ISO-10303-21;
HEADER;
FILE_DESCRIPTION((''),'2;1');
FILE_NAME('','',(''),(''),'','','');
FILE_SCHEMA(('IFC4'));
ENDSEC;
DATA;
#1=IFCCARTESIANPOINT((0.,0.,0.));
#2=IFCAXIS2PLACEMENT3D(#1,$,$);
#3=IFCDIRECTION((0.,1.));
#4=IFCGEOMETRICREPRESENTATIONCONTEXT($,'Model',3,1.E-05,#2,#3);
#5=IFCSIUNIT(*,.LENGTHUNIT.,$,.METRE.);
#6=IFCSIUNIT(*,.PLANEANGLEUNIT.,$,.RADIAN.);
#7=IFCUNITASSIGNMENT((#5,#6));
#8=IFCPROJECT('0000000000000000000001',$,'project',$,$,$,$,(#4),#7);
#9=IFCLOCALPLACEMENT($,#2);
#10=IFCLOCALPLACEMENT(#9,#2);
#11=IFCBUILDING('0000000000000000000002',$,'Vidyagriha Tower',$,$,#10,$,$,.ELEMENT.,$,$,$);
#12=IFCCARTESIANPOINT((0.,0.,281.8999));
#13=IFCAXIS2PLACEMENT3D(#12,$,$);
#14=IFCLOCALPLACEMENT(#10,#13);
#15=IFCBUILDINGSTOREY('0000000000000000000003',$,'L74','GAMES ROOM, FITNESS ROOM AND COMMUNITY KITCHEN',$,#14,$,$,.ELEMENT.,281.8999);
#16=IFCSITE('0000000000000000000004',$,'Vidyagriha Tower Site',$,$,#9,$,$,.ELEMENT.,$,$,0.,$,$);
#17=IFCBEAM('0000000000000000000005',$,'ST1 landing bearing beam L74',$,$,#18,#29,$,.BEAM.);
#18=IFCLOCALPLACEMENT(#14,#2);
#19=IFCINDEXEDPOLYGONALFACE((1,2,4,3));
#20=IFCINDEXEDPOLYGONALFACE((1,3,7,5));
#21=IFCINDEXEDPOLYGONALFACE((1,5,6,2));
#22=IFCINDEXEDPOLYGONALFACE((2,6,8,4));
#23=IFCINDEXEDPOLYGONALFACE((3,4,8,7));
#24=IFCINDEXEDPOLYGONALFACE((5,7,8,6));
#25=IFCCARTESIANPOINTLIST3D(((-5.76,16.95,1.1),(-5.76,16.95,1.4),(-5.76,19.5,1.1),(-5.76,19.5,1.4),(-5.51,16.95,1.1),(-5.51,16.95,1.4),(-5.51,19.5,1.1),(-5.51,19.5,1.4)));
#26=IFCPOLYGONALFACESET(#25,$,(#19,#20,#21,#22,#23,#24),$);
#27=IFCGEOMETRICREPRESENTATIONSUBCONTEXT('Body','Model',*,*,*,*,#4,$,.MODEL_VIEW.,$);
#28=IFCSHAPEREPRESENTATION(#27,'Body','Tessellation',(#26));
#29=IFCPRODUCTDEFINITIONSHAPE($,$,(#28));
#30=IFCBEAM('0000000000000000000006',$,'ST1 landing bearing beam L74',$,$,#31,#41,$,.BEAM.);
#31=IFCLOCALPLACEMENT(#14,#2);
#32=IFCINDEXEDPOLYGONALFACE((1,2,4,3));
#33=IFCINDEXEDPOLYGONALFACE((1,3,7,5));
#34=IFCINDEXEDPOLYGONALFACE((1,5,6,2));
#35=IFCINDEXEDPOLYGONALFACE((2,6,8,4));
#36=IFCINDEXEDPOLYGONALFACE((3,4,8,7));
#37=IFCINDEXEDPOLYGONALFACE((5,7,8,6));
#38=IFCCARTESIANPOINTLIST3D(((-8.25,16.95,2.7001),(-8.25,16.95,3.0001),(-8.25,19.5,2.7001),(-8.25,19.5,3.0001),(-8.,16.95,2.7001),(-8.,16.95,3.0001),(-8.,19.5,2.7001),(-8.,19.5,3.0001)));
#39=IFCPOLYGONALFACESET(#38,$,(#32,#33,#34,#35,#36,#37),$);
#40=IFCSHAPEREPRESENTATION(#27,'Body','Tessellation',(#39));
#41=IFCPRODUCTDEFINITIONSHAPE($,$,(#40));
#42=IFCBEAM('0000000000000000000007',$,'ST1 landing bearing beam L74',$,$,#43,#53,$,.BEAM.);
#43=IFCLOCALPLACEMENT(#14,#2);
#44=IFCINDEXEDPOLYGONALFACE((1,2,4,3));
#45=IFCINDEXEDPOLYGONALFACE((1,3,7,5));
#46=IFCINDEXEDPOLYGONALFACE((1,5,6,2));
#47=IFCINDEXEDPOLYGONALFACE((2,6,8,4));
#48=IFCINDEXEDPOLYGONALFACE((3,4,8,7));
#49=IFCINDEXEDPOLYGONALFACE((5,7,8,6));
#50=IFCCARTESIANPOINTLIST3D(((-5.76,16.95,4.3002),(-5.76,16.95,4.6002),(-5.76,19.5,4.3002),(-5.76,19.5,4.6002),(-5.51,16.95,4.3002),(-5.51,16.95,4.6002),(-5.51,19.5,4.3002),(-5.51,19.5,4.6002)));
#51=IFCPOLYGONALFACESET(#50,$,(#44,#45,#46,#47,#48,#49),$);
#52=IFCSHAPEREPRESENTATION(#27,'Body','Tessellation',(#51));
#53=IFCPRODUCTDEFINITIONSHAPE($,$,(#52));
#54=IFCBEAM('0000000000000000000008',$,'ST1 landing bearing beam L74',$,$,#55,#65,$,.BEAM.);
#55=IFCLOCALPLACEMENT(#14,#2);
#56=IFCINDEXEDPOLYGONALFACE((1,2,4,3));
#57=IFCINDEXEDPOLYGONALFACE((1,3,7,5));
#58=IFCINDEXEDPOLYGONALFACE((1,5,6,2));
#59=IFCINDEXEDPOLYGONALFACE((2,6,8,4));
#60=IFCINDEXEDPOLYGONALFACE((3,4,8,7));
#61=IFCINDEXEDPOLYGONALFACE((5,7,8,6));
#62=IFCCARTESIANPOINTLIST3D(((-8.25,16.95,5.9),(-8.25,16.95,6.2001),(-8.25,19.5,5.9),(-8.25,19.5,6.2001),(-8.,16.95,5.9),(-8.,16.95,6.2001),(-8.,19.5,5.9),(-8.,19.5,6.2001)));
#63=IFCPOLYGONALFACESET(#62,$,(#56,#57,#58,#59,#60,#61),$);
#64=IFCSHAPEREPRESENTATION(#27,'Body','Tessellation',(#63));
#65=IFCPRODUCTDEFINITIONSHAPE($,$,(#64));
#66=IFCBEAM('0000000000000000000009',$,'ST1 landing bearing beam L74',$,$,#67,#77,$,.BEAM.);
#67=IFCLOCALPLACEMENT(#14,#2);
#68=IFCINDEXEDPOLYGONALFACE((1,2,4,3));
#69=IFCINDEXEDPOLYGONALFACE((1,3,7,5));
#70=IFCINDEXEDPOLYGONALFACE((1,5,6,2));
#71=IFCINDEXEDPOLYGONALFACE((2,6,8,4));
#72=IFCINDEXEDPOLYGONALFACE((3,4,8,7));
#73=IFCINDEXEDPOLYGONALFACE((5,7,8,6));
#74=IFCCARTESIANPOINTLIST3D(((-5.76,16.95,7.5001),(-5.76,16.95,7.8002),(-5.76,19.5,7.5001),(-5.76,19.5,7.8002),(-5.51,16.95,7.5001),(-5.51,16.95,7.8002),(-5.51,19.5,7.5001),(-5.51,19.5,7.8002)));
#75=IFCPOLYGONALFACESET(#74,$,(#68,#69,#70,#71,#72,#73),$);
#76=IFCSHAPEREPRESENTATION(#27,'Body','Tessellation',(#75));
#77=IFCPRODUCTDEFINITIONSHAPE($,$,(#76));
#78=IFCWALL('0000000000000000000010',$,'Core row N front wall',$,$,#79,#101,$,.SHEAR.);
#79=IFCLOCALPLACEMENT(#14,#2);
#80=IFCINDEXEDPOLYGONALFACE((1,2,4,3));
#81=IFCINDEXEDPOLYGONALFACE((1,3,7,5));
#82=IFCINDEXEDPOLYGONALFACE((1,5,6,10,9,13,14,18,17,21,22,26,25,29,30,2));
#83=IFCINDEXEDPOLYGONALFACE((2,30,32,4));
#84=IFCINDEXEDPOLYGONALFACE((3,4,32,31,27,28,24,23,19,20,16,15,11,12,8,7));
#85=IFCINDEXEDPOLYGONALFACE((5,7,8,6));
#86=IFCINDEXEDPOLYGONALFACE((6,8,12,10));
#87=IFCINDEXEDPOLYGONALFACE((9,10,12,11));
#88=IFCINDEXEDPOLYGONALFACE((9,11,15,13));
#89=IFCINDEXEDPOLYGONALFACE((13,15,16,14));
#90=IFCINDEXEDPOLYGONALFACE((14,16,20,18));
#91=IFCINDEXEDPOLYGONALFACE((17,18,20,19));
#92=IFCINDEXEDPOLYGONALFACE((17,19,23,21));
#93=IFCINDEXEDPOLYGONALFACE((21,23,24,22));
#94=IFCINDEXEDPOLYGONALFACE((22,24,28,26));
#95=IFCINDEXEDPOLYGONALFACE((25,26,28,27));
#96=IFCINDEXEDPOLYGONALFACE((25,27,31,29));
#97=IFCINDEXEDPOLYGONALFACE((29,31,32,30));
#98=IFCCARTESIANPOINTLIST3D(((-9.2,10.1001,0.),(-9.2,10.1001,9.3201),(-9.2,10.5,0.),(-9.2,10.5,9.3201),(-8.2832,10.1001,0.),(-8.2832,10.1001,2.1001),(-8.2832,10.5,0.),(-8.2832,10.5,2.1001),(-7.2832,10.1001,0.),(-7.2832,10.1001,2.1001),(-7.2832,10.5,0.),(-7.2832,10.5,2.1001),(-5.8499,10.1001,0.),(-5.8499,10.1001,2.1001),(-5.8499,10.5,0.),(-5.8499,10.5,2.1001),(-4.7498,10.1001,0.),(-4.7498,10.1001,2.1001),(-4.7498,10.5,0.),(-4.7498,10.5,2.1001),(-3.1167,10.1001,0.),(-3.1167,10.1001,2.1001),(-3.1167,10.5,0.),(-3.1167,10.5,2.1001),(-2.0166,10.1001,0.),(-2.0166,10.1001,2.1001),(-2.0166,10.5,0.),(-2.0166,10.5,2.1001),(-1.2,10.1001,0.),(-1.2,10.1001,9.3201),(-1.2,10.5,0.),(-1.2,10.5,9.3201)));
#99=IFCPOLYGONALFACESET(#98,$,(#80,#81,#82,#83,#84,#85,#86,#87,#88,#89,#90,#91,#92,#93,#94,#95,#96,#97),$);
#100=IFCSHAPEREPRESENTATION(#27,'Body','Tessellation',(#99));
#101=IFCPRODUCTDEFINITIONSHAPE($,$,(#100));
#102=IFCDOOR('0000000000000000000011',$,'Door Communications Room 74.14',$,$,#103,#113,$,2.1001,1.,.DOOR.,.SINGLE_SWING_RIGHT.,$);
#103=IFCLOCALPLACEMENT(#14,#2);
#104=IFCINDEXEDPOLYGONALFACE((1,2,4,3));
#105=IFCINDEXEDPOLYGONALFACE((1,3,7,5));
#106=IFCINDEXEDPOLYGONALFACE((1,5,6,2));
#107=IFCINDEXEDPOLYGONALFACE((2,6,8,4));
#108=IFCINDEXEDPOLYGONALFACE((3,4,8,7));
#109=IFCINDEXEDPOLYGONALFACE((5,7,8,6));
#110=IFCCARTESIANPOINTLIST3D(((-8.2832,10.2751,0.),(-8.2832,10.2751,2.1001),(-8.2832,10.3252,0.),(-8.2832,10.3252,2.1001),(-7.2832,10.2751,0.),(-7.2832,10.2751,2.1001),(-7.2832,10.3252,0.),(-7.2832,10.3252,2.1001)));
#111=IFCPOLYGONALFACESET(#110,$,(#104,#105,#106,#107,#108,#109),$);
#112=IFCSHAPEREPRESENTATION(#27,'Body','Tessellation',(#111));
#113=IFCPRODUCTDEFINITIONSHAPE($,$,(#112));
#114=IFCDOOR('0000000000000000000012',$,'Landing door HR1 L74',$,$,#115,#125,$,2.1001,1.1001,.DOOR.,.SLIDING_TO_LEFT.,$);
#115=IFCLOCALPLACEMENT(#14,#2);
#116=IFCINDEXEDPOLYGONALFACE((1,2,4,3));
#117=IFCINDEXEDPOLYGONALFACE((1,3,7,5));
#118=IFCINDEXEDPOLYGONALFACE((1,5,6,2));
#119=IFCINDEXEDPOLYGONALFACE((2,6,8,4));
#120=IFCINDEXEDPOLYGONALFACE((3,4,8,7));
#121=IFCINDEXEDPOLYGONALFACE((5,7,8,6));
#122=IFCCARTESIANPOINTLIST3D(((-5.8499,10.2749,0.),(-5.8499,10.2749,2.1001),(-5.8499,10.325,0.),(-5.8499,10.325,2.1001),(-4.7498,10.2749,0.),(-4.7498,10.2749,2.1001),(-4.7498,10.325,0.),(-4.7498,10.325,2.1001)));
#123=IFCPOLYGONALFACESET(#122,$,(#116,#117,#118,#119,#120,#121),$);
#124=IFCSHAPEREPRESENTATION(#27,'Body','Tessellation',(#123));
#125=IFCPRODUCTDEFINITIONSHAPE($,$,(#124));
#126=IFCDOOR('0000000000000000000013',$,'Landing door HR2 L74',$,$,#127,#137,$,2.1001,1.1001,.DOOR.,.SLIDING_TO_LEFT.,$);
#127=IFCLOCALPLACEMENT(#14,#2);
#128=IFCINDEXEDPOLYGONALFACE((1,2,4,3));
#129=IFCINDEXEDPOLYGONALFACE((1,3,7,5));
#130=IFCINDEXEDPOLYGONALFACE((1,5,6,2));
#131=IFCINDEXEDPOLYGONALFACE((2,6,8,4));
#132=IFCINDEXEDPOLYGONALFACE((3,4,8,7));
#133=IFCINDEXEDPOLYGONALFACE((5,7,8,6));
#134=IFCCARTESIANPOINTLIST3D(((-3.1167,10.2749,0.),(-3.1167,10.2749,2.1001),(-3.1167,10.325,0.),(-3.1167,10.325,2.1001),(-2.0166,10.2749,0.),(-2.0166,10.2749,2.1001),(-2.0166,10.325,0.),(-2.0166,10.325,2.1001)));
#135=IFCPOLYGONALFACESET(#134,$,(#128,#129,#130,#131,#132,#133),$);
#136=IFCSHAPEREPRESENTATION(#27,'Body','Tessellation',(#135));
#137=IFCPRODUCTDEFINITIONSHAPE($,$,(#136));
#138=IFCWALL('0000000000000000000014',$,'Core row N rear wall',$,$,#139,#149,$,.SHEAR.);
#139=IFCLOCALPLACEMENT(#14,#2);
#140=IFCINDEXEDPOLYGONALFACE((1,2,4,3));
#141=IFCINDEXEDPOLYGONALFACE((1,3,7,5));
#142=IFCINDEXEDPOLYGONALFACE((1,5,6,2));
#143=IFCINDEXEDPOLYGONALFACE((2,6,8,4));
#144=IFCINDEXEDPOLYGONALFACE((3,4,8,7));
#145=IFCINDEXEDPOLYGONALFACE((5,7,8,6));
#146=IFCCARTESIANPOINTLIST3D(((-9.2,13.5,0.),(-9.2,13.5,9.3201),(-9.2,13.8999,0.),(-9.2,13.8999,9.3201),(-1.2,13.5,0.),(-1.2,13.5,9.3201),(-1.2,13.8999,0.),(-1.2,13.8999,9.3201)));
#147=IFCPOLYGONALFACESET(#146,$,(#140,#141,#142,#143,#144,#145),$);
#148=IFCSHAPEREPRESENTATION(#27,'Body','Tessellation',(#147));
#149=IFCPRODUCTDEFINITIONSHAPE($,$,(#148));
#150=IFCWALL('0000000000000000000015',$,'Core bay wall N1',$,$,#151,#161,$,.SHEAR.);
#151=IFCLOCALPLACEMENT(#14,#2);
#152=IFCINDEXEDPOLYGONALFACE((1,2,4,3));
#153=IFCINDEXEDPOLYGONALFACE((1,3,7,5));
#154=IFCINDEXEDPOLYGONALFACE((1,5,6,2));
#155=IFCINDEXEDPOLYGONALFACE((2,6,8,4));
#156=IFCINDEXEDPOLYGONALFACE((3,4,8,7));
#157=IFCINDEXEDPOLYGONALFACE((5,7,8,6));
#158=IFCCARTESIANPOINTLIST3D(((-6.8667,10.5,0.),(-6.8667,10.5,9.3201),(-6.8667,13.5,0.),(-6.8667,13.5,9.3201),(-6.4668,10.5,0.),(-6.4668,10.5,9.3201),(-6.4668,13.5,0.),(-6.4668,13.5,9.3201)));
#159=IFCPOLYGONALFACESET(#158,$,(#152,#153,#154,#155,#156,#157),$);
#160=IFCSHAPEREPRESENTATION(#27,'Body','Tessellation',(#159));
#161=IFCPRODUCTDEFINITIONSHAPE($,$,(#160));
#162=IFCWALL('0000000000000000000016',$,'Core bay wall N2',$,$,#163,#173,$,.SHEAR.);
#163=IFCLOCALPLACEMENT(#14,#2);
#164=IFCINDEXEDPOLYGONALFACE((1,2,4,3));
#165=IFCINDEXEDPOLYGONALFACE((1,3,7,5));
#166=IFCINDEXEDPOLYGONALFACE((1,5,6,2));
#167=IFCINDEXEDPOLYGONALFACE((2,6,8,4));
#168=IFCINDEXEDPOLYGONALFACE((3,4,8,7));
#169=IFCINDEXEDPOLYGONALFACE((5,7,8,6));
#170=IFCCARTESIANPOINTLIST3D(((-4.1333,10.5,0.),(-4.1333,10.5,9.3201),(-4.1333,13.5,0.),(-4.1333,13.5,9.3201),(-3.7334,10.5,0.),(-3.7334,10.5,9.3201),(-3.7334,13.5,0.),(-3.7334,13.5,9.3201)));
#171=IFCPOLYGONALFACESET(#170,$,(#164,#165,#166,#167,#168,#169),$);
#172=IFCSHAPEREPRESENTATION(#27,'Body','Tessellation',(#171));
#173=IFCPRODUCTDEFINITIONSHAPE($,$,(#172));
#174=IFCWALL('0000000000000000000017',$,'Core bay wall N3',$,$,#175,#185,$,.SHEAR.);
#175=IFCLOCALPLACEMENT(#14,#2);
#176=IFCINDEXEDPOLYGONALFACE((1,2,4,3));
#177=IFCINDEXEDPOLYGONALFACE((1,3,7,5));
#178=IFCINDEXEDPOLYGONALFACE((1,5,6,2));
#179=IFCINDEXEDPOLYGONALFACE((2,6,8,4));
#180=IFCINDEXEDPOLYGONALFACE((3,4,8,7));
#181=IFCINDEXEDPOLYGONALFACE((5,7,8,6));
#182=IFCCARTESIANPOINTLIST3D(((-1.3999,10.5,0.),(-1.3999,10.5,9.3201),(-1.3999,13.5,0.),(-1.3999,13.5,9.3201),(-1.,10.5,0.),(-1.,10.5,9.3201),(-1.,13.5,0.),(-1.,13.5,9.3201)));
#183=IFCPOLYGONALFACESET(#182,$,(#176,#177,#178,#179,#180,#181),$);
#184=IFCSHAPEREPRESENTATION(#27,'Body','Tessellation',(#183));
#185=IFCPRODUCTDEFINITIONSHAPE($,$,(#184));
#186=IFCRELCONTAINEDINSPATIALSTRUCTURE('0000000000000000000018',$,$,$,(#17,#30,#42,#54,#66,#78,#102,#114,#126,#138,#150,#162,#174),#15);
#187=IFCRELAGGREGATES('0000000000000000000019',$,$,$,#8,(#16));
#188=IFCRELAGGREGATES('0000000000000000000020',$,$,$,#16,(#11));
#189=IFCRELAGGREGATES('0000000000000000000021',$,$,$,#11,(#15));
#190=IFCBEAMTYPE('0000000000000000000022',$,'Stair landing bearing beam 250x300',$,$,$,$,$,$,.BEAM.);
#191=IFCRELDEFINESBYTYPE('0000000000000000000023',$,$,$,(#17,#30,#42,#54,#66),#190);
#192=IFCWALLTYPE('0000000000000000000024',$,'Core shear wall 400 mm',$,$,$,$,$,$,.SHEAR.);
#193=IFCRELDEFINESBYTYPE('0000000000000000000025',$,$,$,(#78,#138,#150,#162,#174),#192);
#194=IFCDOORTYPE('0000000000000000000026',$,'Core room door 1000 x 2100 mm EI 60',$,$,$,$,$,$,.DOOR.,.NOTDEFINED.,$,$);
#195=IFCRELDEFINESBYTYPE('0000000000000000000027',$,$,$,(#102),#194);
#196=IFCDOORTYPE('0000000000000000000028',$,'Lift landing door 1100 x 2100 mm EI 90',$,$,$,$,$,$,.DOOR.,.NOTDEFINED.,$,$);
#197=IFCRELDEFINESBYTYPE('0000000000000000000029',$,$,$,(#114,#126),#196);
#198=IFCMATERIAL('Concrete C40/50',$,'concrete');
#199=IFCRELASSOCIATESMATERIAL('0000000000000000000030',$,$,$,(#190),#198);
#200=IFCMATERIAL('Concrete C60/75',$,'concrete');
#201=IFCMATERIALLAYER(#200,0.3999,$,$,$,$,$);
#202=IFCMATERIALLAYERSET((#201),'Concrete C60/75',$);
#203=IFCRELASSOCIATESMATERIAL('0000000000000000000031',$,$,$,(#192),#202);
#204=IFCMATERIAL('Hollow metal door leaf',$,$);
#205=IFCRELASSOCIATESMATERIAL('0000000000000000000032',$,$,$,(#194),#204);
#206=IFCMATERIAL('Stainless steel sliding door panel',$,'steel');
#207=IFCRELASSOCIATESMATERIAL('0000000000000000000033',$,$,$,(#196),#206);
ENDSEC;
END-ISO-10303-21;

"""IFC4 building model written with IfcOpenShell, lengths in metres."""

from ifc_helpers import new_model, si_unit, direction, frame, frame_2d, origin, origin_2d, place, context, subcontext, project, spatial, rectangle, extrude, material, layer, layer_set, material_profile, profile_set, type_object, element, fill, save


model = new_model("IFC4")

# Units and contexts
model_context = context("Model", 3, precision=1e-05, world=origin(), true_north=direction((0.0, 1.0)))
body_context = subcontext(model_context, "Body", "Model", "MODEL_VIEW")
ifc_project = project(units=[si_unit("LENGTHUNIT", "METRE"), si_unit("PLANEANGLEUNIT", "RADIAN")], contexts=[model_context])

# Site, building, storey
site_placement = place(None, origin())
site = spatial("IfcSite", under=ifc_project, at=site_placement, Name="Vidyagriha Tower Site", CompositionType="ELEMENT", RefElevation=0.0)
building_placement = place(site_placement, origin())
building = spatial("IfcBuilding", under=site, at=building_placement, Name="Vidyagriha Tower", CompositionType="ELEMENT")
storey_placement = place(building_placement, frame((0.0, 0.0, 281.8999)))
storey = spatial("IfcBuildingStorey", under=building, at=storey_placement, Name="L74", Description="GAMES ROOM, FITNESS ROOM AND COMMUNITY KITCHEN", CompositionType="ELEMENT", Elevation=281.8999)

# Beams
ifc_material_1 = material(Name="Concrete C40/50", Category="concrete")
ifc_material_profile = material_profile(ifc_material_1, rectangle(XDim=0.25, YDim=0.3, at=origin_2d()), Name="Stair landing bearing beam 250x300")
ifc_profile_set = profile_set([ifc_material_profile], Name="Concrete C40/50")
beam_type = type_object("IfcBeamType", Name="Stair landing bearing beam 250x300", PredefinedType="BEAM", material=ifc_profile_set)
for number, where, z_axis, x_axis, name in (
    (1, (-5.635, 16.95, 1.25), (0.0, 1.0, 0.0), (-1.0, 0.0, 0.0), "ST1 landing bearing beam L74"),
    (2, (-8.125, 16.95, 2.8501), (0.0, 1.0, 0.0), (-1.0, 0.0, 0.0), "ST1 landing bearing beam L74"),
    (3, (-5.635, 16.95, 4.4502), (0.0, 1.0, 0.0), (-1.0, 0.0, 0.0), "ST1 landing bearing beam L74"),
    (4, (-8.125, 16.95, 6.05), (0.0, 1.0, 0.0), (-1.0, 0.0, 0.0), "ST1 landing bearing beam L74"),
    (5, (-5.635, 16.95, 7.6501), (0.0, 1.0, 0.0), (-1.0, 0.0, 0.0), "ST1 landing bearing beam L74"),
):
    element("IfcBeam", number, at=place(storey_placement, frame(where, z_axis=z_axis, x_axis=x_axis)), inside=storey, type_object=beam_type, Name=name, PredefinedType="BEAM", context=body_context, shape_type="SweptSolid", body=[
        extrude(rectangle(XDim=0.25, YDim=0.3, at=origin_2d()), origin(), (0.0, 0.0, 1.0), 2.55),
    ])

# Wall, openings, doors
ifc_material_2 = material(Name="Concrete C60/75", Category="concrete")
ifc_layer_1 = layer(ifc_material_2, 0.3999)
ifc_layer_set_1 = layer_set([ifc_layer_1], Name="Concrete C60/75")
wall_type_1 = type_object("IfcWallType", Name="Core shear wall 400 mm", PredefinedType="SHEAR", material=ifc_layer_set_1)
wall_1_placement = place(storey_placement, frame((-9.2, 10.3, 0.0)))
wall_1 = element("IfcWall", 6, at=wall_1_placement, inside=storey, type_object=wall_type_1, Name="Core row N front wall", PredefinedType="SHEAR", context=body_context, shape_type="SweptSolid", body=[
    extrude(rectangle(XDim=8.0, YDim=0.3999, at=frame_2d((4.0, 0.0))), origin(), (0.0, 0.0, 1.0), 9.3201),
])
opening_1_placement = place(wall_1_placement, frame((3.3501, 0.0, 0.0)))
opening_1 = element("IfcOpeningElement", 7, at=opening_1_placement, cuts=wall_1, PredefinedType="OPENING", context=body_context, shape_type="SweptSolid", body=[
    extrude(rectangle(XDim=1.1001, YDim=2.1001, at=frame_2d((0.55, 1.05))), frame((0.0, 0.21, 0.0), z_axis=(0.0, -1.0, 0.0), x_axis=(1.0, 0.0, 0.0)), (0.0, 0.0, 1.0), 0.4199),
])
opening_2_placement = place(wall_1_placement, frame((6.0833, 0.0, 0.0)))
opening_2 = element("IfcOpeningElement", 8, at=opening_2_placement, cuts=wall_1, PredefinedType="OPENING", context=body_context, shape_type="SweptSolid", body=[
    extrude(rectangle(XDim=1.1001, YDim=2.1001, at=frame_2d((0.55, 1.05))), frame((0.0, 0.21, 0.0), z_axis=(0.0, -1.0, 0.0), x_axis=(1.0, 0.0, 0.0)), (0.0, 0.0, 1.0), 0.4199),
])
opening_3_placement = place(wall_1_placement, frame((0.9167, 0.0, 0.0)))
opening_3 = element("IfcOpeningElement", 9, at=opening_3_placement, cuts=wall_1, PredefinedType="OPENING", context=body_context, shape_type="SweptSolid", body=[
    extrude(rectangle(XDim=1.0, YDim=2.1001, at=frame_2d((0.5, 1.05))), frame((0.0, 0.21, 0.0), z_axis=(0.0, -1.0, 0.0), x_axis=(1.0, 0.0, 0.0)), (0.0, 0.0, 1.0), 0.4199),
])
ifc_material_3 = material(Name="Hollow metal door leaf")
door_type_1 = type_object("IfcDoorType", Name="Core room door 1000 x 2100 mm EI 60", OperationType="NOTDEFINED", PredefinedType="DOOR", material=ifc_material_3)
door_1_placement = place(opening_3_placement, frame((1.0, 0.0, 0.0), z_axis=(0.0, 0.0, 1.0), x_axis=(-1.0, 0.0, 0.0)))
door_1 = element("IfcDoor", 10, at=door_1_placement, inside=storey, type_object=door_type_1, Name="Door Communications Room 74.14", OperationType="SINGLE_SWING_RIGHT", OverallHeight=2.1001, OverallWidth=1.0, PredefinedType="DOOR", context=body_context, shape_type="SweptSolid", body=[
    extrude(rectangle(XDim=1.0, YDim=2.1001, at=frame_2d((0.5, 1.05))), frame((0.0, 0.0249, 0.0), z_axis=(0.0, -1.0, 0.0), x_axis=(1.0, 0.0, 0.0)), (0.0, 0.0, 1.0), 0.05),
])
fill(opening_3, door_1)
ifc_material_4 = material(Name="Stainless steel sliding door panel", Category="steel")
door_type_2 = type_object("IfcDoorType", Name="Lift landing door 1100 x 2100 mm EI 90", OperationType="NOTDEFINED", PredefinedType="DOOR", material=ifc_material_4)
door_2_placement = place(opening_1_placement, origin())
door_2 = element("IfcDoor", 11, at=door_2_placement, inside=storey, type_object=door_type_2, Name="Landing door HR1 L74", OperationType="SLIDING_TO_LEFT", OverallHeight=2.1001, OverallWidth=1.1001, PredefinedType="DOOR", context=body_context, shape_type="SweptSolid", body=[
    extrude(rectangle(XDim=1.1001, YDim=2.1001, at=frame_2d((0.55, 1.05))), frame((0.0, 0.0249, 0.0), z_axis=(0.0, -1.0, 0.0), x_axis=(1.0, 0.0, 0.0)), (0.0, 0.0, 1.0), 0.05),
])
fill(opening_1, door_2)
door_3_placement = place(opening_2_placement, origin())
door_3 = element("IfcDoor", 12, at=door_3_placement, inside=storey, type_object=door_type_2, Name="Landing door HR2 L74", OperationType="SLIDING_TO_LEFT", OverallHeight=2.1001, OverallWidth=1.1001, PredefinedType="DOOR", context=body_context, shape_type="SweptSolid", body=[
    extrude(rectangle(XDim=1.1001, YDim=2.1001, at=frame_2d((0.55, 1.05))), frame((0.0, 0.0249, 0.0), z_axis=(0.0, -1.0, 0.0), x_axis=(1.0, 0.0, 0.0)), (0.0, 0.0, 1.0), 0.05),
])
fill(opening_2, door_3)

# Walls
wall_2_placement = place(storey_placement, frame((-9.2, 13.7, 0.0)))
element("IfcWall", 13, at=wall_2_placement, inside=storey, type_object=wall_type_1, Name="Core row N rear wall", PredefinedType="SHEAR", context=body_context, shape_type="SweptSolid", body=[
    extrude(rectangle(XDim=8.0, YDim=0.3999, at=frame_2d((4.0, 0.0))), origin(), (0.0, 0.0, 1.0), 9.3201),
])
for number, where, z_axis, x_axis, name in (
    (14, (-6.6667, 10.5, 0.0), (0.0, 0.0, 1.0), (0.0, 1.0, 0.0), "Core bay wall N1"),
    (15, (-3.9333, 10.5, 0.0), (0.0, 0.0, 1.0), (0.0, 1.0, 0.0), "Core bay wall N2"),
    (16, (-1.2, 10.5, 0.0), (0.0, 0.0, 1.0), (0.0, 1.0, 0.0), "Core bay wall N3"),
):
    element("IfcWall", number, at=place(storey_placement, frame(where, z_axis=z_axis, x_axis=x_axis)), inside=storey, type_object=wall_type_1, Name=name, PredefinedType="SHEAR", context=body_context, shape_type="SweptSolid", body=[
        extrude(rectangle(XDim=3.0, YDim=0.3999, at=frame_2d((1.5, 0.0))), origin(), (0.0, 0.0, 1.0), 9.3201),
    ])

save(model, "model.ifc")
